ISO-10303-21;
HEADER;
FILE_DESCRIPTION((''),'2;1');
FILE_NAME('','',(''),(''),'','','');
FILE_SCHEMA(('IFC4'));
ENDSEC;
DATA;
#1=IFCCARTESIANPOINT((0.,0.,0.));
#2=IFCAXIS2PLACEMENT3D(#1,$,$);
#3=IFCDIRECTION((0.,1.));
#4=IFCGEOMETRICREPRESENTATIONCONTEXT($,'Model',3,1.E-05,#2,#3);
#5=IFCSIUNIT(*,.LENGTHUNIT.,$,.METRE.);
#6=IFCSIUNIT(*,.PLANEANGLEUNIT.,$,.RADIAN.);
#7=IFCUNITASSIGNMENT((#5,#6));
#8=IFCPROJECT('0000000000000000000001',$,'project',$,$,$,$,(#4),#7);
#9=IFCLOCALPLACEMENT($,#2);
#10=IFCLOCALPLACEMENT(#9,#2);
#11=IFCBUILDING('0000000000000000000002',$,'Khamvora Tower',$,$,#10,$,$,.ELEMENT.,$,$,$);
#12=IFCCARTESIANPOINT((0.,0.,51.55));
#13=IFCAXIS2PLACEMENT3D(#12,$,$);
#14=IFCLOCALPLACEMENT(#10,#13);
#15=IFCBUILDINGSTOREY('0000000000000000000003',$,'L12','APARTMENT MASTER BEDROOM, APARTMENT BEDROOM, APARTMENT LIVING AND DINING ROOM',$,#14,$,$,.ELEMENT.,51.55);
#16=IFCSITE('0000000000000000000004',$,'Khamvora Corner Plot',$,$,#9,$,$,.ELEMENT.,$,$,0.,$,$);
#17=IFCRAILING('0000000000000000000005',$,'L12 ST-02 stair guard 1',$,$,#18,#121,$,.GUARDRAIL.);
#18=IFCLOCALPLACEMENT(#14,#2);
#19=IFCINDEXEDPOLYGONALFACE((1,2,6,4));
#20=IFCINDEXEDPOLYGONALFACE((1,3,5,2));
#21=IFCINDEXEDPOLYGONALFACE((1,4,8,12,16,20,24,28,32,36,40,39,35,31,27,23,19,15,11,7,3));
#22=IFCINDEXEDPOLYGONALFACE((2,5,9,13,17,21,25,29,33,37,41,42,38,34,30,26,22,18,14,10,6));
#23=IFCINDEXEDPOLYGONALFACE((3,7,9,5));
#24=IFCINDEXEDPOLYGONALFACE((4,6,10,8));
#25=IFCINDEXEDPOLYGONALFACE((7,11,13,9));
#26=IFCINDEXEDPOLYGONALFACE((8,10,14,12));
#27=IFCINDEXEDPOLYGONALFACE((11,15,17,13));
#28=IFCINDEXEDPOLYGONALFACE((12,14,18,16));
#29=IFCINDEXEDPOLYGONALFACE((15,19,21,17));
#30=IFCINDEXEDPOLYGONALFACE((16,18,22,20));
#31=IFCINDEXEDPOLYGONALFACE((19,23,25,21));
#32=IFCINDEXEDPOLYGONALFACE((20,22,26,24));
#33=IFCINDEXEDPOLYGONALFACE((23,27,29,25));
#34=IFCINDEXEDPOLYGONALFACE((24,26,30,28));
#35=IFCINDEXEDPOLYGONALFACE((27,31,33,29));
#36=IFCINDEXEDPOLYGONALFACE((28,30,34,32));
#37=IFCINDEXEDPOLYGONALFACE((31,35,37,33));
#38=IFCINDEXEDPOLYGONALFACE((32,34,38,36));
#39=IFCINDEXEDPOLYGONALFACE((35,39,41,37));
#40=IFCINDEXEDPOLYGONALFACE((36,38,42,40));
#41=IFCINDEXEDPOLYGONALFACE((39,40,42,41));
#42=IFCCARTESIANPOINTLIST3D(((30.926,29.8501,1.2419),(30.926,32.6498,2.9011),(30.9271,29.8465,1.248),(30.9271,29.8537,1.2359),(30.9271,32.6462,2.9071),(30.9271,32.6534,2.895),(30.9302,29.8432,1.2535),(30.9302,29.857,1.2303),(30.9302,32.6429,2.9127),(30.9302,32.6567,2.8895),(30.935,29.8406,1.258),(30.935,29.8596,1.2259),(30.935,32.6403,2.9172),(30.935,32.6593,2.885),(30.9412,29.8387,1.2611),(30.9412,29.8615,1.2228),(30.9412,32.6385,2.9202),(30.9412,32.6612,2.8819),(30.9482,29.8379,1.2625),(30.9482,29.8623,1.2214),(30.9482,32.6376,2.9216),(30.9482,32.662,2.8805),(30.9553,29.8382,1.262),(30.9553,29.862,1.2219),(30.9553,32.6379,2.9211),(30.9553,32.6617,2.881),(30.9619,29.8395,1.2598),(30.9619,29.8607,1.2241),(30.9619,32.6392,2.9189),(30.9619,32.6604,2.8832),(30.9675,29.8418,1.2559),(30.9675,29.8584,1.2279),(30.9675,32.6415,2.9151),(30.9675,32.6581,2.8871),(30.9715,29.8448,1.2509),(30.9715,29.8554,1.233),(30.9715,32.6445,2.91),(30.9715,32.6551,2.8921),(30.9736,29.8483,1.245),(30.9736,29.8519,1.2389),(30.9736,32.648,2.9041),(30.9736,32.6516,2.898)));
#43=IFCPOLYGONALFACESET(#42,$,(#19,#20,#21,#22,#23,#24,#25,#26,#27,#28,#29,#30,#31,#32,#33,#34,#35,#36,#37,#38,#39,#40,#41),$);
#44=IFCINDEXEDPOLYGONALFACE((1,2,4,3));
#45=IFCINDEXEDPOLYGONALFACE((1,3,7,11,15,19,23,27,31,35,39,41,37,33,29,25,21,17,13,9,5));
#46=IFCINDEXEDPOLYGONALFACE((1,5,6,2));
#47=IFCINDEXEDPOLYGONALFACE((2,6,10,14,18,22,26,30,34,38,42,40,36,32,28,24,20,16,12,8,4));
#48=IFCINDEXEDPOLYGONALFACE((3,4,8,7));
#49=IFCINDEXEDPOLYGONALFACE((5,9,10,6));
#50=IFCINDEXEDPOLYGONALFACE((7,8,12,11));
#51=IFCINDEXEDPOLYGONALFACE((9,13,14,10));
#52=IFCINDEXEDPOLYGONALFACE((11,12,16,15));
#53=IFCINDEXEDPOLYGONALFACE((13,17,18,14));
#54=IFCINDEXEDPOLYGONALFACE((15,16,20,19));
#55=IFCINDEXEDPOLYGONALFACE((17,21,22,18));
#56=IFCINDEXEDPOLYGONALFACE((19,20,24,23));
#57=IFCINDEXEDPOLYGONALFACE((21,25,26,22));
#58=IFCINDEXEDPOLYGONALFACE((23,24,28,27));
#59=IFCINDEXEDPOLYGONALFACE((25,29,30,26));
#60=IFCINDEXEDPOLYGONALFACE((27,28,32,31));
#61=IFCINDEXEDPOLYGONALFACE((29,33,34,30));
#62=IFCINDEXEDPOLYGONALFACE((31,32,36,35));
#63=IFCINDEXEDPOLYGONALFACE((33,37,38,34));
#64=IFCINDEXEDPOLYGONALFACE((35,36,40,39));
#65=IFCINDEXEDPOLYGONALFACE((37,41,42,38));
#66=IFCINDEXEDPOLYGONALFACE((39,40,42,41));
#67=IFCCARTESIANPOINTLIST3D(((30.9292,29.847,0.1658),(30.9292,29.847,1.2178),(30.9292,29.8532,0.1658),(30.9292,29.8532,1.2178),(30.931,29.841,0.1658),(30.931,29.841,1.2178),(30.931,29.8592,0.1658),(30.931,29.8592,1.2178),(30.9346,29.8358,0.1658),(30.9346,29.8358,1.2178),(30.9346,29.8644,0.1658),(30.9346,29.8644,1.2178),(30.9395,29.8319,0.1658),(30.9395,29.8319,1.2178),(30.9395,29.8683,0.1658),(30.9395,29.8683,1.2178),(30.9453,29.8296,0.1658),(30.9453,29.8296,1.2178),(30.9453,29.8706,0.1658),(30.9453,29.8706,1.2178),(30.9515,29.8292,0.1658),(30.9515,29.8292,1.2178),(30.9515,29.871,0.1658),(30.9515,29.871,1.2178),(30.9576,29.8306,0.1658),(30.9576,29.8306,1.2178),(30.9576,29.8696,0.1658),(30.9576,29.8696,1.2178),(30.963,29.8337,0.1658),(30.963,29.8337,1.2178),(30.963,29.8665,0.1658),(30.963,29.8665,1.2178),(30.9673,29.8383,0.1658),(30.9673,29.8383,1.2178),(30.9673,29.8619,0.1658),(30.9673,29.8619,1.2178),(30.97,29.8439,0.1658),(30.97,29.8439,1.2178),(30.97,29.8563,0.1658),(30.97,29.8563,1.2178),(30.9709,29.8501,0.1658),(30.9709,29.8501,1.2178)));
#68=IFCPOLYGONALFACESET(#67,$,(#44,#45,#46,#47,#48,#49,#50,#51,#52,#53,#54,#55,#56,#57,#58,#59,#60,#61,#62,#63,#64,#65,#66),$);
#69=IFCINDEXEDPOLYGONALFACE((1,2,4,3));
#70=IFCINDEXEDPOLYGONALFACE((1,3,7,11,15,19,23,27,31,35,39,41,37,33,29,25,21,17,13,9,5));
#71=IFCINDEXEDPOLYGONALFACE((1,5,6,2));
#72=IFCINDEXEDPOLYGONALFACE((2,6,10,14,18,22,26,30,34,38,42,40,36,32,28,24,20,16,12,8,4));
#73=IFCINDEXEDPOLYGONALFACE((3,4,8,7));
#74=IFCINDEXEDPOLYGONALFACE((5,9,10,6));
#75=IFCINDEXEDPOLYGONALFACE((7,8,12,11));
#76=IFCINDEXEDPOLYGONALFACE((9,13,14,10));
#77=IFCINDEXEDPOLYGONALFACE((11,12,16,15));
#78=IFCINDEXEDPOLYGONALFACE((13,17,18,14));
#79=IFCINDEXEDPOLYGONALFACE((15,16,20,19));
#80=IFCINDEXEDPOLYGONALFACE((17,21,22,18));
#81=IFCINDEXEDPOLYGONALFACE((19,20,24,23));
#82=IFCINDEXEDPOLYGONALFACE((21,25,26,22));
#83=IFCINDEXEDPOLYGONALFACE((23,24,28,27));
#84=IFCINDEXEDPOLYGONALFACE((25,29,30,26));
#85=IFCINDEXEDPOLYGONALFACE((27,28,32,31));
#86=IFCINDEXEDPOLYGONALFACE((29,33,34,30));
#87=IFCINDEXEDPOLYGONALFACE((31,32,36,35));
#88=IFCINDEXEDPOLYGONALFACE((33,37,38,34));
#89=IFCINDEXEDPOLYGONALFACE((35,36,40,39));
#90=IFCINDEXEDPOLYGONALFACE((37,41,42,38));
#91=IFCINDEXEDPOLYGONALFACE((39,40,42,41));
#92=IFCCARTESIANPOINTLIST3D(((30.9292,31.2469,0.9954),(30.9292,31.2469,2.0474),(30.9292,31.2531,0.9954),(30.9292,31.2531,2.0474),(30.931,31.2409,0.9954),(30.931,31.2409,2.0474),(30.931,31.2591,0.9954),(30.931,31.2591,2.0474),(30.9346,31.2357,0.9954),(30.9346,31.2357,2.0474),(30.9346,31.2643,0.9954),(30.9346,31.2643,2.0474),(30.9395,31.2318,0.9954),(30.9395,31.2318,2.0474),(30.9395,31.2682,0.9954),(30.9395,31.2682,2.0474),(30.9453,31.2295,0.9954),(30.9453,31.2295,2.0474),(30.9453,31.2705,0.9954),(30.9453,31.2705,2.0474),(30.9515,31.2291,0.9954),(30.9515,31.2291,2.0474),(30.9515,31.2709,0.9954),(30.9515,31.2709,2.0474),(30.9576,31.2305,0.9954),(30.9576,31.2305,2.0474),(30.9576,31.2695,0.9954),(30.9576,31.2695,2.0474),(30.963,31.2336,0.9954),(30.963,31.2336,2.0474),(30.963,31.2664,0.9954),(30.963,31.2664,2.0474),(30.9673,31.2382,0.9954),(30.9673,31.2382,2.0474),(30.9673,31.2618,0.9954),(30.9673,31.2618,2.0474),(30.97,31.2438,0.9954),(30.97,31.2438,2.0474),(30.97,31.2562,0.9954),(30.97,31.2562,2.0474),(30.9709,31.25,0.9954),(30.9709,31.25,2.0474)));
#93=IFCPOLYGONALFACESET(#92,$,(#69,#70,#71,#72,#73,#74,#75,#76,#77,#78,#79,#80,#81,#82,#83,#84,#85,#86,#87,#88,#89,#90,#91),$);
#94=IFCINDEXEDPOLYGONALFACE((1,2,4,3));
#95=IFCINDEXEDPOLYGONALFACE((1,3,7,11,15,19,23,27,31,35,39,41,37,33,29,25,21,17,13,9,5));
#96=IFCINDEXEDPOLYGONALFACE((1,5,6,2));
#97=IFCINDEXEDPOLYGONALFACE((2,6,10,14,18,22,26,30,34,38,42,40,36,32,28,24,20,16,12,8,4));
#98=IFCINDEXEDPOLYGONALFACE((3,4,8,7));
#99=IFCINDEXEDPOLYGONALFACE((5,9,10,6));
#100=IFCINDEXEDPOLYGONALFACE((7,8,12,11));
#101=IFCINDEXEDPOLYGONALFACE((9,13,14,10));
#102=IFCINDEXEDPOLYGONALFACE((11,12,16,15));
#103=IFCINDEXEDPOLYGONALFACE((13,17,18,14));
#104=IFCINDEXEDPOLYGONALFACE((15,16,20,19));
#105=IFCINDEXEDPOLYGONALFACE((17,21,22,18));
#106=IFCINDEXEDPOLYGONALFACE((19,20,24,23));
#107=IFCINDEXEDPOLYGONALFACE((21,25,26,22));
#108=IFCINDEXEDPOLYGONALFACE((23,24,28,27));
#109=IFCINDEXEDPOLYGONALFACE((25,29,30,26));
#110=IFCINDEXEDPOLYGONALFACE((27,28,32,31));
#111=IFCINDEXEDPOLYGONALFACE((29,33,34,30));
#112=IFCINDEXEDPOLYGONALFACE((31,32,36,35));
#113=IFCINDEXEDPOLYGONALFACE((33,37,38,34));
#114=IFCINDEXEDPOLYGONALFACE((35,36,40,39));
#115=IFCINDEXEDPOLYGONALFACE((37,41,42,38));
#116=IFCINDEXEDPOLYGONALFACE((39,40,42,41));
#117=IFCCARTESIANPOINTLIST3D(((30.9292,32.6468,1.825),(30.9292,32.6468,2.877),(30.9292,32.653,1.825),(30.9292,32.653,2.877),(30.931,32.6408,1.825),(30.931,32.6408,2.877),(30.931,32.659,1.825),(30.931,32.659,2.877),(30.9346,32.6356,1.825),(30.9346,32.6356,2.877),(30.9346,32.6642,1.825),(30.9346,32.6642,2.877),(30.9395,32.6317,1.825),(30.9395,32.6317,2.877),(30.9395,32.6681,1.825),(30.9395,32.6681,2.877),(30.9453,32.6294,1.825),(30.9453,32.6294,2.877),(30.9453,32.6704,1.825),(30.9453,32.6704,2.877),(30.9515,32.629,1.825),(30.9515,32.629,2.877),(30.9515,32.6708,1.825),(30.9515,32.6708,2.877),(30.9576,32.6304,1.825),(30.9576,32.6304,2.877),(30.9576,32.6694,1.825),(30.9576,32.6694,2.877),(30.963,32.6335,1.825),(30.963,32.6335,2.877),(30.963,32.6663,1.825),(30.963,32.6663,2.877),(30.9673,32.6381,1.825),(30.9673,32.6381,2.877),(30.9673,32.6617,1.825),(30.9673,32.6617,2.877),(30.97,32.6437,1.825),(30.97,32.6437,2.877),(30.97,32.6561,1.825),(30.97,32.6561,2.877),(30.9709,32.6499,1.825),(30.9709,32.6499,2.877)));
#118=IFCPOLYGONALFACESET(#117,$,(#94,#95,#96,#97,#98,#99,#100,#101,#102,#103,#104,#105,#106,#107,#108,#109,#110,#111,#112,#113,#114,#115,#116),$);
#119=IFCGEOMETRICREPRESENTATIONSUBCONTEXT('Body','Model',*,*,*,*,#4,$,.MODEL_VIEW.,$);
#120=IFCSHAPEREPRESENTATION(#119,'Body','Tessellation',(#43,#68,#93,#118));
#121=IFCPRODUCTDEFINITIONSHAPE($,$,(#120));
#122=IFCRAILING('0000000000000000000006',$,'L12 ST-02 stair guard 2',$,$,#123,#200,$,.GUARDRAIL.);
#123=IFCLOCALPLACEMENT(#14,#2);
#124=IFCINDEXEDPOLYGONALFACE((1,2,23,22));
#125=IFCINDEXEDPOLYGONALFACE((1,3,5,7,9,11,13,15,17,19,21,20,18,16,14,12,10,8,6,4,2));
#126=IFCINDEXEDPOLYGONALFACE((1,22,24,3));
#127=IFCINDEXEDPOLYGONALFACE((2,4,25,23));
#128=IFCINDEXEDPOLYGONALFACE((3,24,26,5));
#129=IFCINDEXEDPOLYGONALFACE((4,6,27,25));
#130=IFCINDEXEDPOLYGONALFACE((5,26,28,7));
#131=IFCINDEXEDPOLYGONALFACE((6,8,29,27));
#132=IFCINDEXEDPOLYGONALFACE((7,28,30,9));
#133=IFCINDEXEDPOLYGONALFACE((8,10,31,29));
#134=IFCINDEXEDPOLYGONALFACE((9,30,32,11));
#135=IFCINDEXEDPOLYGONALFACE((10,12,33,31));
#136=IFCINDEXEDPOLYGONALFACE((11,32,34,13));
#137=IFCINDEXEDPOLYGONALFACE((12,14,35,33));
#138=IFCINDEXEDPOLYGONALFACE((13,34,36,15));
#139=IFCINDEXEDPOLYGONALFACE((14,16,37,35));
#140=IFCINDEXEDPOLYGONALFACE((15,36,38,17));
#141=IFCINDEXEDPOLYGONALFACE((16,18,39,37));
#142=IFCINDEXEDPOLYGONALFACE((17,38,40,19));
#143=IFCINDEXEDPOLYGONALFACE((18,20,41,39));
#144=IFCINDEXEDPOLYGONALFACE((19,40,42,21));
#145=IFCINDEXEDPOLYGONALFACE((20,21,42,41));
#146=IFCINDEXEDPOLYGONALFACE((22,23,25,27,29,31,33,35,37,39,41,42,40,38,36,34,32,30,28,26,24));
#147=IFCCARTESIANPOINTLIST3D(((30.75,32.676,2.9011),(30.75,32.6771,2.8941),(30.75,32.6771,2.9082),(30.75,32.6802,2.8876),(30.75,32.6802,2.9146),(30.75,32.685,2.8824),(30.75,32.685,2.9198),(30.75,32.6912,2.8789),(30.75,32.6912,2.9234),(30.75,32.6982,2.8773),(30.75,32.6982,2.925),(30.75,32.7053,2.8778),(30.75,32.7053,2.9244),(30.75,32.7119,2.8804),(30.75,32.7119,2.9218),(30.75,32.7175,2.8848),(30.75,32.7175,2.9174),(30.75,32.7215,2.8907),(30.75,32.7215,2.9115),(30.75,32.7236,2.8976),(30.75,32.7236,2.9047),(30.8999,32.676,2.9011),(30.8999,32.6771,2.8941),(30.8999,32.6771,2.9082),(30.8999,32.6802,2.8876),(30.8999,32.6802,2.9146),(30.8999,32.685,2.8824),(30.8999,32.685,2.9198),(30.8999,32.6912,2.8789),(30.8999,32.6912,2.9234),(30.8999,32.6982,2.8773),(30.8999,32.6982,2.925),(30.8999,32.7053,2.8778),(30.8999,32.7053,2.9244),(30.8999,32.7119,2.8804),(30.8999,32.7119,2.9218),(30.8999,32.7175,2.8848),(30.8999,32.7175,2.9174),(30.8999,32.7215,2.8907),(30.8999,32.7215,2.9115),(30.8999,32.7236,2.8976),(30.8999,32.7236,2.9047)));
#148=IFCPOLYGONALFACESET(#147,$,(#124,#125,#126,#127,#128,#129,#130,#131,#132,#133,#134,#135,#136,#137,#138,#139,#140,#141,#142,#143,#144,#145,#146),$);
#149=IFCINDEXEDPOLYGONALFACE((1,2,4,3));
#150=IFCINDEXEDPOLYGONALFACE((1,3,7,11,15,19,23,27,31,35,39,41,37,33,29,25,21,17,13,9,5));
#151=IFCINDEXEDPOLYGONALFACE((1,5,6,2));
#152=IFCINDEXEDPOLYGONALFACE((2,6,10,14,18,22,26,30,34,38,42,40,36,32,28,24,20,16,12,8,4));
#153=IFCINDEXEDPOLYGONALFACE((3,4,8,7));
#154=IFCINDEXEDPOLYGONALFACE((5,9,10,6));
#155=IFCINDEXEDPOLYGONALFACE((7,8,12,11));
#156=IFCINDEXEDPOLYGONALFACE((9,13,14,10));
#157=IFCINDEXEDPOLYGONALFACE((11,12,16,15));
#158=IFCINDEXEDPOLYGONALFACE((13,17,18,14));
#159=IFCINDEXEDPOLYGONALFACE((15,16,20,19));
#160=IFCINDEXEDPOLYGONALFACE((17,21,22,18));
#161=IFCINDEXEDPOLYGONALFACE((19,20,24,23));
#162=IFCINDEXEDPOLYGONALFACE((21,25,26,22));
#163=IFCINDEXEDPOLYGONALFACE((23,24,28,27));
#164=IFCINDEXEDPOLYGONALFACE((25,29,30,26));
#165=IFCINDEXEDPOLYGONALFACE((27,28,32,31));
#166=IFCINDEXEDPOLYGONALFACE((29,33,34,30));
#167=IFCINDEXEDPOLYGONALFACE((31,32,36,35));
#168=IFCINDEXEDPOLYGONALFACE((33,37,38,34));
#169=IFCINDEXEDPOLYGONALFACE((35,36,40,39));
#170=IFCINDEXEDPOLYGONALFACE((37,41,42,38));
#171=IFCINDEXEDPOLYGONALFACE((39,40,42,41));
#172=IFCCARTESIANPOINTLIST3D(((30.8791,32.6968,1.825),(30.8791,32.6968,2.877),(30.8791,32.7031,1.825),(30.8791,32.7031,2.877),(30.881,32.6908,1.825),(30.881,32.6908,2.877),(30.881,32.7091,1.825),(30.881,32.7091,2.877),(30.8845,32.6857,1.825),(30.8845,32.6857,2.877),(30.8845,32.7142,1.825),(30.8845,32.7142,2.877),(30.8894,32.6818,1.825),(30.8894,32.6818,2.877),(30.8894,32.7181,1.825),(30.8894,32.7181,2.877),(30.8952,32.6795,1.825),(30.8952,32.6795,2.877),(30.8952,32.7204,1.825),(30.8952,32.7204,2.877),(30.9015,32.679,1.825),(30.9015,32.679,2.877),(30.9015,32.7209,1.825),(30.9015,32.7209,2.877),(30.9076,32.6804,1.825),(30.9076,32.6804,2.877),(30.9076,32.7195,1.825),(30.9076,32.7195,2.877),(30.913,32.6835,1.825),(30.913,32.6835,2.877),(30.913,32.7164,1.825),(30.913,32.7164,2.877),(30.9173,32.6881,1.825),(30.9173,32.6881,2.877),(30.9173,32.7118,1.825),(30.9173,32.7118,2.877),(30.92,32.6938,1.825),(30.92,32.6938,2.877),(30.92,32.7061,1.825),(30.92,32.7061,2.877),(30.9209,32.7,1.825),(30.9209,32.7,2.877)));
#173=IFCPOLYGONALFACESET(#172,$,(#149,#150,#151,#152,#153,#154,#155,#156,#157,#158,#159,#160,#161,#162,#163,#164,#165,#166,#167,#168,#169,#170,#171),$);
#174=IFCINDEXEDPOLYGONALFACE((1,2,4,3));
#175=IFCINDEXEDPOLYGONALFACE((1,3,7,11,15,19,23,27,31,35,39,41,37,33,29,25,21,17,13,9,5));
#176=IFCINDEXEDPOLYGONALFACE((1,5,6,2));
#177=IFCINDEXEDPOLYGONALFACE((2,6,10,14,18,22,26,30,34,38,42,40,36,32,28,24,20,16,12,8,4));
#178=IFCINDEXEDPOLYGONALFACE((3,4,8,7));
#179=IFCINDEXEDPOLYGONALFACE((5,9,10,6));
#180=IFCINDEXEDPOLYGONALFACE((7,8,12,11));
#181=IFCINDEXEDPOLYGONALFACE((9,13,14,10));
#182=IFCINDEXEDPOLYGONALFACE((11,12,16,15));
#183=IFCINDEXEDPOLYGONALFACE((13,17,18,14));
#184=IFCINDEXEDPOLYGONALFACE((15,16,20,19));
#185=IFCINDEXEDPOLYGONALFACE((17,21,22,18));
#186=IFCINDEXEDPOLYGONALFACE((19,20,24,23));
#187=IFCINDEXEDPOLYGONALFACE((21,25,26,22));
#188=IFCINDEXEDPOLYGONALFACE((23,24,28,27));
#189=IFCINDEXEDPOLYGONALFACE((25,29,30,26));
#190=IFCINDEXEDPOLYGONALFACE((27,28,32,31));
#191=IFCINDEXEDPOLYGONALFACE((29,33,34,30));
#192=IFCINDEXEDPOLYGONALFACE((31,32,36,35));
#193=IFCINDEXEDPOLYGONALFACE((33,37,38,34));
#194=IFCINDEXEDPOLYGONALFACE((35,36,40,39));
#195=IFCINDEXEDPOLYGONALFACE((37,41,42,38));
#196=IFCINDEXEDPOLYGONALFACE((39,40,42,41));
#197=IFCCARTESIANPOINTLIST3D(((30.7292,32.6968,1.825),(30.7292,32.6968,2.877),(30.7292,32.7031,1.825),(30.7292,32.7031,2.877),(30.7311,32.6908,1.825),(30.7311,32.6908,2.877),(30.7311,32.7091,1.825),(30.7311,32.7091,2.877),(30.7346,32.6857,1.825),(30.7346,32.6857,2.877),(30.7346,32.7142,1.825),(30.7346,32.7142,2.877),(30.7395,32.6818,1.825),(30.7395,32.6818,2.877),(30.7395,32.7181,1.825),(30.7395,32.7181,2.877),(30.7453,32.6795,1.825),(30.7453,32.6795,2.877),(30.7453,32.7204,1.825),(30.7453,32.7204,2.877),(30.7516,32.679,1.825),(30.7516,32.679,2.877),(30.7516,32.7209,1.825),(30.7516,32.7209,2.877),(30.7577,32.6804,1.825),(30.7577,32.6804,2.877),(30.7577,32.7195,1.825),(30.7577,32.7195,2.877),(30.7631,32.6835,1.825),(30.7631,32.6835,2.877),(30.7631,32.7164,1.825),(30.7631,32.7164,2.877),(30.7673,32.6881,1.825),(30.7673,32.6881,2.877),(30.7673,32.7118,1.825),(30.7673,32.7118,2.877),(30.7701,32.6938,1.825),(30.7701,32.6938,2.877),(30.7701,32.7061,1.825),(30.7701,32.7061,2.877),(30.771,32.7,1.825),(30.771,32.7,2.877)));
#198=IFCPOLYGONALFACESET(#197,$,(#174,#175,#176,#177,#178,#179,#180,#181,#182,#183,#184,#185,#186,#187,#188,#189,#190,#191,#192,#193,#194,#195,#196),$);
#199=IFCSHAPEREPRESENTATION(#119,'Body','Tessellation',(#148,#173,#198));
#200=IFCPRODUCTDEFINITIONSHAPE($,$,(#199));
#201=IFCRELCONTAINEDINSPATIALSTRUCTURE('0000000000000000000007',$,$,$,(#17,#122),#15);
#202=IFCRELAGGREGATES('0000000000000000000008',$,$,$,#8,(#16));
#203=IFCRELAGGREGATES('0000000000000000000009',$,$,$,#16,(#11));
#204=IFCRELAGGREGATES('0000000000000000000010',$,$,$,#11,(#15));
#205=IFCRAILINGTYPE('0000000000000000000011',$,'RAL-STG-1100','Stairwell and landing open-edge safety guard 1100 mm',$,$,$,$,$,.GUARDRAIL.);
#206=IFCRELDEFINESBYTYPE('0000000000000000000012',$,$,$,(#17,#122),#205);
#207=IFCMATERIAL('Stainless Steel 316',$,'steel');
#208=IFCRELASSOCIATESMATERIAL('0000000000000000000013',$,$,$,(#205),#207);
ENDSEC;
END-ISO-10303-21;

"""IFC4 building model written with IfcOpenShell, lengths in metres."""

from ifc_helpers import new_model, si_unit, direction, frame, origin, origin_2d, place, context, subcontext, project, spatial, circle, extrude, material, type_object, element, save


model = new_model("IFC4")

# Units and contexts
model_context = context("Model", 3, precision=1e-05, world=origin(), true_north=direction((0.0, 1.0)))
body_context = subcontext(model_context, "Body", "Model", "MODEL_VIEW")
ifc_project = project(units=[si_unit("LENGTHUNIT", "METRE"), si_unit("PLANEANGLEUNIT", "RADIAN")], contexts=[model_context])

# Site, building, storey
site_placement = place(None, origin())
site = spatial("IfcSite", under=ifc_project, at=site_placement, Name="Khamvora Corner Plot", CompositionType="ELEMENT", RefElevation=0.0)
building_placement = place(site_placement, origin())
building = spatial("IfcBuilding", under=site, at=building_placement, Name="Khamvora Tower", CompositionType="ELEMENT")
storey_placement = place(building_placement, frame((0.0, 0.0, 51.55)))
storey = spatial("IfcBuildingStorey", under=building, at=storey_placement, Name="L12", Description="APARTMENT MASTER BEDROOM, APARTMENT BEDROOM, APARTMENT LIVING AND DINING ROOM", CompositionType="ELEMENT", Elevation=51.55)

# Railings
ifc_material_1 = material(Name="Stainless Steel 316", Category="steel")
railing_type_1 = type_object("IfcRailingType", Name="RAL-STG-1100", Description="Stairwell and landing open-edge safety guard 1100 mm", PredefinedType="GUARDRAIL", material=ifc_material_1)
railing_1_placement = place(storey_placement, frame((30.95, 29.8501, 0.1658)))
element("IfcRailing", 1, at=railing_1_placement, inside=storey, type_object=railing_type_1, Name="L12 ST-02 stair guard 1", PredefinedType="GUARDRAIL", context=body_context, shape_type="SweptSolid", body=[
    extrude(circle(Radius=0.0239, at=origin_2d()), frame((0.0, 0.0, 1.0762), z_axis=(0.0, 0.860287, 0.509811), x_axis=(-1.0, 0.0, 0.0)), (0.0, 0.0, 1.0), 3.2544),
    extrude(circle(Radius=0.021, at=origin_2d()), origin(), (0.0, 0.0, 1.0), 1.052),
    extrude(circle(Radius=0.021, at=origin_2d()), frame((0.0, 1.3999, 0.8296)), (0.0, 0.0, 1.0), 1.052),
    extrude(circle(Radius=0.021, at=origin_2d()), frame((0.0, 2.7998, 1.6592)), (0.0, 0.0, 1.0), 1.052),
])
railing_2_placement = place(storey_placement, frame((30.8999, 32.7, 1.825)))
element("IfcRailing", 2, at=railing_2_placement, inside=storey, type_object=railing_type_1, Name="L12 ST-02 stair guard 2", PredefinedType="GUARDRAIL", context=body_context, shape_type="SweptSolid", body=[
    extrude(circle(Radius=0.0239, at=origin_2d()), frame((0.0, 0.0, 1.0762), z_axis=(-1.0, 0.0, 0.0), x_axis=(0.0, -1.0, 0.0)), (0.0, 0.0, 1.0), 0.1499),
    extrude(circle(Radius=0.021, at=origin_2d()), origin(), (0.0, 0.0, 1.0), 1.052),
    extrude(circle(Radius=0.021, at=origin_2d()), frame((-0.1499, 0.0, 0.0)), (0.0, 0.0, 1.0), 1.052),
])

save(model, "model.ifc")
